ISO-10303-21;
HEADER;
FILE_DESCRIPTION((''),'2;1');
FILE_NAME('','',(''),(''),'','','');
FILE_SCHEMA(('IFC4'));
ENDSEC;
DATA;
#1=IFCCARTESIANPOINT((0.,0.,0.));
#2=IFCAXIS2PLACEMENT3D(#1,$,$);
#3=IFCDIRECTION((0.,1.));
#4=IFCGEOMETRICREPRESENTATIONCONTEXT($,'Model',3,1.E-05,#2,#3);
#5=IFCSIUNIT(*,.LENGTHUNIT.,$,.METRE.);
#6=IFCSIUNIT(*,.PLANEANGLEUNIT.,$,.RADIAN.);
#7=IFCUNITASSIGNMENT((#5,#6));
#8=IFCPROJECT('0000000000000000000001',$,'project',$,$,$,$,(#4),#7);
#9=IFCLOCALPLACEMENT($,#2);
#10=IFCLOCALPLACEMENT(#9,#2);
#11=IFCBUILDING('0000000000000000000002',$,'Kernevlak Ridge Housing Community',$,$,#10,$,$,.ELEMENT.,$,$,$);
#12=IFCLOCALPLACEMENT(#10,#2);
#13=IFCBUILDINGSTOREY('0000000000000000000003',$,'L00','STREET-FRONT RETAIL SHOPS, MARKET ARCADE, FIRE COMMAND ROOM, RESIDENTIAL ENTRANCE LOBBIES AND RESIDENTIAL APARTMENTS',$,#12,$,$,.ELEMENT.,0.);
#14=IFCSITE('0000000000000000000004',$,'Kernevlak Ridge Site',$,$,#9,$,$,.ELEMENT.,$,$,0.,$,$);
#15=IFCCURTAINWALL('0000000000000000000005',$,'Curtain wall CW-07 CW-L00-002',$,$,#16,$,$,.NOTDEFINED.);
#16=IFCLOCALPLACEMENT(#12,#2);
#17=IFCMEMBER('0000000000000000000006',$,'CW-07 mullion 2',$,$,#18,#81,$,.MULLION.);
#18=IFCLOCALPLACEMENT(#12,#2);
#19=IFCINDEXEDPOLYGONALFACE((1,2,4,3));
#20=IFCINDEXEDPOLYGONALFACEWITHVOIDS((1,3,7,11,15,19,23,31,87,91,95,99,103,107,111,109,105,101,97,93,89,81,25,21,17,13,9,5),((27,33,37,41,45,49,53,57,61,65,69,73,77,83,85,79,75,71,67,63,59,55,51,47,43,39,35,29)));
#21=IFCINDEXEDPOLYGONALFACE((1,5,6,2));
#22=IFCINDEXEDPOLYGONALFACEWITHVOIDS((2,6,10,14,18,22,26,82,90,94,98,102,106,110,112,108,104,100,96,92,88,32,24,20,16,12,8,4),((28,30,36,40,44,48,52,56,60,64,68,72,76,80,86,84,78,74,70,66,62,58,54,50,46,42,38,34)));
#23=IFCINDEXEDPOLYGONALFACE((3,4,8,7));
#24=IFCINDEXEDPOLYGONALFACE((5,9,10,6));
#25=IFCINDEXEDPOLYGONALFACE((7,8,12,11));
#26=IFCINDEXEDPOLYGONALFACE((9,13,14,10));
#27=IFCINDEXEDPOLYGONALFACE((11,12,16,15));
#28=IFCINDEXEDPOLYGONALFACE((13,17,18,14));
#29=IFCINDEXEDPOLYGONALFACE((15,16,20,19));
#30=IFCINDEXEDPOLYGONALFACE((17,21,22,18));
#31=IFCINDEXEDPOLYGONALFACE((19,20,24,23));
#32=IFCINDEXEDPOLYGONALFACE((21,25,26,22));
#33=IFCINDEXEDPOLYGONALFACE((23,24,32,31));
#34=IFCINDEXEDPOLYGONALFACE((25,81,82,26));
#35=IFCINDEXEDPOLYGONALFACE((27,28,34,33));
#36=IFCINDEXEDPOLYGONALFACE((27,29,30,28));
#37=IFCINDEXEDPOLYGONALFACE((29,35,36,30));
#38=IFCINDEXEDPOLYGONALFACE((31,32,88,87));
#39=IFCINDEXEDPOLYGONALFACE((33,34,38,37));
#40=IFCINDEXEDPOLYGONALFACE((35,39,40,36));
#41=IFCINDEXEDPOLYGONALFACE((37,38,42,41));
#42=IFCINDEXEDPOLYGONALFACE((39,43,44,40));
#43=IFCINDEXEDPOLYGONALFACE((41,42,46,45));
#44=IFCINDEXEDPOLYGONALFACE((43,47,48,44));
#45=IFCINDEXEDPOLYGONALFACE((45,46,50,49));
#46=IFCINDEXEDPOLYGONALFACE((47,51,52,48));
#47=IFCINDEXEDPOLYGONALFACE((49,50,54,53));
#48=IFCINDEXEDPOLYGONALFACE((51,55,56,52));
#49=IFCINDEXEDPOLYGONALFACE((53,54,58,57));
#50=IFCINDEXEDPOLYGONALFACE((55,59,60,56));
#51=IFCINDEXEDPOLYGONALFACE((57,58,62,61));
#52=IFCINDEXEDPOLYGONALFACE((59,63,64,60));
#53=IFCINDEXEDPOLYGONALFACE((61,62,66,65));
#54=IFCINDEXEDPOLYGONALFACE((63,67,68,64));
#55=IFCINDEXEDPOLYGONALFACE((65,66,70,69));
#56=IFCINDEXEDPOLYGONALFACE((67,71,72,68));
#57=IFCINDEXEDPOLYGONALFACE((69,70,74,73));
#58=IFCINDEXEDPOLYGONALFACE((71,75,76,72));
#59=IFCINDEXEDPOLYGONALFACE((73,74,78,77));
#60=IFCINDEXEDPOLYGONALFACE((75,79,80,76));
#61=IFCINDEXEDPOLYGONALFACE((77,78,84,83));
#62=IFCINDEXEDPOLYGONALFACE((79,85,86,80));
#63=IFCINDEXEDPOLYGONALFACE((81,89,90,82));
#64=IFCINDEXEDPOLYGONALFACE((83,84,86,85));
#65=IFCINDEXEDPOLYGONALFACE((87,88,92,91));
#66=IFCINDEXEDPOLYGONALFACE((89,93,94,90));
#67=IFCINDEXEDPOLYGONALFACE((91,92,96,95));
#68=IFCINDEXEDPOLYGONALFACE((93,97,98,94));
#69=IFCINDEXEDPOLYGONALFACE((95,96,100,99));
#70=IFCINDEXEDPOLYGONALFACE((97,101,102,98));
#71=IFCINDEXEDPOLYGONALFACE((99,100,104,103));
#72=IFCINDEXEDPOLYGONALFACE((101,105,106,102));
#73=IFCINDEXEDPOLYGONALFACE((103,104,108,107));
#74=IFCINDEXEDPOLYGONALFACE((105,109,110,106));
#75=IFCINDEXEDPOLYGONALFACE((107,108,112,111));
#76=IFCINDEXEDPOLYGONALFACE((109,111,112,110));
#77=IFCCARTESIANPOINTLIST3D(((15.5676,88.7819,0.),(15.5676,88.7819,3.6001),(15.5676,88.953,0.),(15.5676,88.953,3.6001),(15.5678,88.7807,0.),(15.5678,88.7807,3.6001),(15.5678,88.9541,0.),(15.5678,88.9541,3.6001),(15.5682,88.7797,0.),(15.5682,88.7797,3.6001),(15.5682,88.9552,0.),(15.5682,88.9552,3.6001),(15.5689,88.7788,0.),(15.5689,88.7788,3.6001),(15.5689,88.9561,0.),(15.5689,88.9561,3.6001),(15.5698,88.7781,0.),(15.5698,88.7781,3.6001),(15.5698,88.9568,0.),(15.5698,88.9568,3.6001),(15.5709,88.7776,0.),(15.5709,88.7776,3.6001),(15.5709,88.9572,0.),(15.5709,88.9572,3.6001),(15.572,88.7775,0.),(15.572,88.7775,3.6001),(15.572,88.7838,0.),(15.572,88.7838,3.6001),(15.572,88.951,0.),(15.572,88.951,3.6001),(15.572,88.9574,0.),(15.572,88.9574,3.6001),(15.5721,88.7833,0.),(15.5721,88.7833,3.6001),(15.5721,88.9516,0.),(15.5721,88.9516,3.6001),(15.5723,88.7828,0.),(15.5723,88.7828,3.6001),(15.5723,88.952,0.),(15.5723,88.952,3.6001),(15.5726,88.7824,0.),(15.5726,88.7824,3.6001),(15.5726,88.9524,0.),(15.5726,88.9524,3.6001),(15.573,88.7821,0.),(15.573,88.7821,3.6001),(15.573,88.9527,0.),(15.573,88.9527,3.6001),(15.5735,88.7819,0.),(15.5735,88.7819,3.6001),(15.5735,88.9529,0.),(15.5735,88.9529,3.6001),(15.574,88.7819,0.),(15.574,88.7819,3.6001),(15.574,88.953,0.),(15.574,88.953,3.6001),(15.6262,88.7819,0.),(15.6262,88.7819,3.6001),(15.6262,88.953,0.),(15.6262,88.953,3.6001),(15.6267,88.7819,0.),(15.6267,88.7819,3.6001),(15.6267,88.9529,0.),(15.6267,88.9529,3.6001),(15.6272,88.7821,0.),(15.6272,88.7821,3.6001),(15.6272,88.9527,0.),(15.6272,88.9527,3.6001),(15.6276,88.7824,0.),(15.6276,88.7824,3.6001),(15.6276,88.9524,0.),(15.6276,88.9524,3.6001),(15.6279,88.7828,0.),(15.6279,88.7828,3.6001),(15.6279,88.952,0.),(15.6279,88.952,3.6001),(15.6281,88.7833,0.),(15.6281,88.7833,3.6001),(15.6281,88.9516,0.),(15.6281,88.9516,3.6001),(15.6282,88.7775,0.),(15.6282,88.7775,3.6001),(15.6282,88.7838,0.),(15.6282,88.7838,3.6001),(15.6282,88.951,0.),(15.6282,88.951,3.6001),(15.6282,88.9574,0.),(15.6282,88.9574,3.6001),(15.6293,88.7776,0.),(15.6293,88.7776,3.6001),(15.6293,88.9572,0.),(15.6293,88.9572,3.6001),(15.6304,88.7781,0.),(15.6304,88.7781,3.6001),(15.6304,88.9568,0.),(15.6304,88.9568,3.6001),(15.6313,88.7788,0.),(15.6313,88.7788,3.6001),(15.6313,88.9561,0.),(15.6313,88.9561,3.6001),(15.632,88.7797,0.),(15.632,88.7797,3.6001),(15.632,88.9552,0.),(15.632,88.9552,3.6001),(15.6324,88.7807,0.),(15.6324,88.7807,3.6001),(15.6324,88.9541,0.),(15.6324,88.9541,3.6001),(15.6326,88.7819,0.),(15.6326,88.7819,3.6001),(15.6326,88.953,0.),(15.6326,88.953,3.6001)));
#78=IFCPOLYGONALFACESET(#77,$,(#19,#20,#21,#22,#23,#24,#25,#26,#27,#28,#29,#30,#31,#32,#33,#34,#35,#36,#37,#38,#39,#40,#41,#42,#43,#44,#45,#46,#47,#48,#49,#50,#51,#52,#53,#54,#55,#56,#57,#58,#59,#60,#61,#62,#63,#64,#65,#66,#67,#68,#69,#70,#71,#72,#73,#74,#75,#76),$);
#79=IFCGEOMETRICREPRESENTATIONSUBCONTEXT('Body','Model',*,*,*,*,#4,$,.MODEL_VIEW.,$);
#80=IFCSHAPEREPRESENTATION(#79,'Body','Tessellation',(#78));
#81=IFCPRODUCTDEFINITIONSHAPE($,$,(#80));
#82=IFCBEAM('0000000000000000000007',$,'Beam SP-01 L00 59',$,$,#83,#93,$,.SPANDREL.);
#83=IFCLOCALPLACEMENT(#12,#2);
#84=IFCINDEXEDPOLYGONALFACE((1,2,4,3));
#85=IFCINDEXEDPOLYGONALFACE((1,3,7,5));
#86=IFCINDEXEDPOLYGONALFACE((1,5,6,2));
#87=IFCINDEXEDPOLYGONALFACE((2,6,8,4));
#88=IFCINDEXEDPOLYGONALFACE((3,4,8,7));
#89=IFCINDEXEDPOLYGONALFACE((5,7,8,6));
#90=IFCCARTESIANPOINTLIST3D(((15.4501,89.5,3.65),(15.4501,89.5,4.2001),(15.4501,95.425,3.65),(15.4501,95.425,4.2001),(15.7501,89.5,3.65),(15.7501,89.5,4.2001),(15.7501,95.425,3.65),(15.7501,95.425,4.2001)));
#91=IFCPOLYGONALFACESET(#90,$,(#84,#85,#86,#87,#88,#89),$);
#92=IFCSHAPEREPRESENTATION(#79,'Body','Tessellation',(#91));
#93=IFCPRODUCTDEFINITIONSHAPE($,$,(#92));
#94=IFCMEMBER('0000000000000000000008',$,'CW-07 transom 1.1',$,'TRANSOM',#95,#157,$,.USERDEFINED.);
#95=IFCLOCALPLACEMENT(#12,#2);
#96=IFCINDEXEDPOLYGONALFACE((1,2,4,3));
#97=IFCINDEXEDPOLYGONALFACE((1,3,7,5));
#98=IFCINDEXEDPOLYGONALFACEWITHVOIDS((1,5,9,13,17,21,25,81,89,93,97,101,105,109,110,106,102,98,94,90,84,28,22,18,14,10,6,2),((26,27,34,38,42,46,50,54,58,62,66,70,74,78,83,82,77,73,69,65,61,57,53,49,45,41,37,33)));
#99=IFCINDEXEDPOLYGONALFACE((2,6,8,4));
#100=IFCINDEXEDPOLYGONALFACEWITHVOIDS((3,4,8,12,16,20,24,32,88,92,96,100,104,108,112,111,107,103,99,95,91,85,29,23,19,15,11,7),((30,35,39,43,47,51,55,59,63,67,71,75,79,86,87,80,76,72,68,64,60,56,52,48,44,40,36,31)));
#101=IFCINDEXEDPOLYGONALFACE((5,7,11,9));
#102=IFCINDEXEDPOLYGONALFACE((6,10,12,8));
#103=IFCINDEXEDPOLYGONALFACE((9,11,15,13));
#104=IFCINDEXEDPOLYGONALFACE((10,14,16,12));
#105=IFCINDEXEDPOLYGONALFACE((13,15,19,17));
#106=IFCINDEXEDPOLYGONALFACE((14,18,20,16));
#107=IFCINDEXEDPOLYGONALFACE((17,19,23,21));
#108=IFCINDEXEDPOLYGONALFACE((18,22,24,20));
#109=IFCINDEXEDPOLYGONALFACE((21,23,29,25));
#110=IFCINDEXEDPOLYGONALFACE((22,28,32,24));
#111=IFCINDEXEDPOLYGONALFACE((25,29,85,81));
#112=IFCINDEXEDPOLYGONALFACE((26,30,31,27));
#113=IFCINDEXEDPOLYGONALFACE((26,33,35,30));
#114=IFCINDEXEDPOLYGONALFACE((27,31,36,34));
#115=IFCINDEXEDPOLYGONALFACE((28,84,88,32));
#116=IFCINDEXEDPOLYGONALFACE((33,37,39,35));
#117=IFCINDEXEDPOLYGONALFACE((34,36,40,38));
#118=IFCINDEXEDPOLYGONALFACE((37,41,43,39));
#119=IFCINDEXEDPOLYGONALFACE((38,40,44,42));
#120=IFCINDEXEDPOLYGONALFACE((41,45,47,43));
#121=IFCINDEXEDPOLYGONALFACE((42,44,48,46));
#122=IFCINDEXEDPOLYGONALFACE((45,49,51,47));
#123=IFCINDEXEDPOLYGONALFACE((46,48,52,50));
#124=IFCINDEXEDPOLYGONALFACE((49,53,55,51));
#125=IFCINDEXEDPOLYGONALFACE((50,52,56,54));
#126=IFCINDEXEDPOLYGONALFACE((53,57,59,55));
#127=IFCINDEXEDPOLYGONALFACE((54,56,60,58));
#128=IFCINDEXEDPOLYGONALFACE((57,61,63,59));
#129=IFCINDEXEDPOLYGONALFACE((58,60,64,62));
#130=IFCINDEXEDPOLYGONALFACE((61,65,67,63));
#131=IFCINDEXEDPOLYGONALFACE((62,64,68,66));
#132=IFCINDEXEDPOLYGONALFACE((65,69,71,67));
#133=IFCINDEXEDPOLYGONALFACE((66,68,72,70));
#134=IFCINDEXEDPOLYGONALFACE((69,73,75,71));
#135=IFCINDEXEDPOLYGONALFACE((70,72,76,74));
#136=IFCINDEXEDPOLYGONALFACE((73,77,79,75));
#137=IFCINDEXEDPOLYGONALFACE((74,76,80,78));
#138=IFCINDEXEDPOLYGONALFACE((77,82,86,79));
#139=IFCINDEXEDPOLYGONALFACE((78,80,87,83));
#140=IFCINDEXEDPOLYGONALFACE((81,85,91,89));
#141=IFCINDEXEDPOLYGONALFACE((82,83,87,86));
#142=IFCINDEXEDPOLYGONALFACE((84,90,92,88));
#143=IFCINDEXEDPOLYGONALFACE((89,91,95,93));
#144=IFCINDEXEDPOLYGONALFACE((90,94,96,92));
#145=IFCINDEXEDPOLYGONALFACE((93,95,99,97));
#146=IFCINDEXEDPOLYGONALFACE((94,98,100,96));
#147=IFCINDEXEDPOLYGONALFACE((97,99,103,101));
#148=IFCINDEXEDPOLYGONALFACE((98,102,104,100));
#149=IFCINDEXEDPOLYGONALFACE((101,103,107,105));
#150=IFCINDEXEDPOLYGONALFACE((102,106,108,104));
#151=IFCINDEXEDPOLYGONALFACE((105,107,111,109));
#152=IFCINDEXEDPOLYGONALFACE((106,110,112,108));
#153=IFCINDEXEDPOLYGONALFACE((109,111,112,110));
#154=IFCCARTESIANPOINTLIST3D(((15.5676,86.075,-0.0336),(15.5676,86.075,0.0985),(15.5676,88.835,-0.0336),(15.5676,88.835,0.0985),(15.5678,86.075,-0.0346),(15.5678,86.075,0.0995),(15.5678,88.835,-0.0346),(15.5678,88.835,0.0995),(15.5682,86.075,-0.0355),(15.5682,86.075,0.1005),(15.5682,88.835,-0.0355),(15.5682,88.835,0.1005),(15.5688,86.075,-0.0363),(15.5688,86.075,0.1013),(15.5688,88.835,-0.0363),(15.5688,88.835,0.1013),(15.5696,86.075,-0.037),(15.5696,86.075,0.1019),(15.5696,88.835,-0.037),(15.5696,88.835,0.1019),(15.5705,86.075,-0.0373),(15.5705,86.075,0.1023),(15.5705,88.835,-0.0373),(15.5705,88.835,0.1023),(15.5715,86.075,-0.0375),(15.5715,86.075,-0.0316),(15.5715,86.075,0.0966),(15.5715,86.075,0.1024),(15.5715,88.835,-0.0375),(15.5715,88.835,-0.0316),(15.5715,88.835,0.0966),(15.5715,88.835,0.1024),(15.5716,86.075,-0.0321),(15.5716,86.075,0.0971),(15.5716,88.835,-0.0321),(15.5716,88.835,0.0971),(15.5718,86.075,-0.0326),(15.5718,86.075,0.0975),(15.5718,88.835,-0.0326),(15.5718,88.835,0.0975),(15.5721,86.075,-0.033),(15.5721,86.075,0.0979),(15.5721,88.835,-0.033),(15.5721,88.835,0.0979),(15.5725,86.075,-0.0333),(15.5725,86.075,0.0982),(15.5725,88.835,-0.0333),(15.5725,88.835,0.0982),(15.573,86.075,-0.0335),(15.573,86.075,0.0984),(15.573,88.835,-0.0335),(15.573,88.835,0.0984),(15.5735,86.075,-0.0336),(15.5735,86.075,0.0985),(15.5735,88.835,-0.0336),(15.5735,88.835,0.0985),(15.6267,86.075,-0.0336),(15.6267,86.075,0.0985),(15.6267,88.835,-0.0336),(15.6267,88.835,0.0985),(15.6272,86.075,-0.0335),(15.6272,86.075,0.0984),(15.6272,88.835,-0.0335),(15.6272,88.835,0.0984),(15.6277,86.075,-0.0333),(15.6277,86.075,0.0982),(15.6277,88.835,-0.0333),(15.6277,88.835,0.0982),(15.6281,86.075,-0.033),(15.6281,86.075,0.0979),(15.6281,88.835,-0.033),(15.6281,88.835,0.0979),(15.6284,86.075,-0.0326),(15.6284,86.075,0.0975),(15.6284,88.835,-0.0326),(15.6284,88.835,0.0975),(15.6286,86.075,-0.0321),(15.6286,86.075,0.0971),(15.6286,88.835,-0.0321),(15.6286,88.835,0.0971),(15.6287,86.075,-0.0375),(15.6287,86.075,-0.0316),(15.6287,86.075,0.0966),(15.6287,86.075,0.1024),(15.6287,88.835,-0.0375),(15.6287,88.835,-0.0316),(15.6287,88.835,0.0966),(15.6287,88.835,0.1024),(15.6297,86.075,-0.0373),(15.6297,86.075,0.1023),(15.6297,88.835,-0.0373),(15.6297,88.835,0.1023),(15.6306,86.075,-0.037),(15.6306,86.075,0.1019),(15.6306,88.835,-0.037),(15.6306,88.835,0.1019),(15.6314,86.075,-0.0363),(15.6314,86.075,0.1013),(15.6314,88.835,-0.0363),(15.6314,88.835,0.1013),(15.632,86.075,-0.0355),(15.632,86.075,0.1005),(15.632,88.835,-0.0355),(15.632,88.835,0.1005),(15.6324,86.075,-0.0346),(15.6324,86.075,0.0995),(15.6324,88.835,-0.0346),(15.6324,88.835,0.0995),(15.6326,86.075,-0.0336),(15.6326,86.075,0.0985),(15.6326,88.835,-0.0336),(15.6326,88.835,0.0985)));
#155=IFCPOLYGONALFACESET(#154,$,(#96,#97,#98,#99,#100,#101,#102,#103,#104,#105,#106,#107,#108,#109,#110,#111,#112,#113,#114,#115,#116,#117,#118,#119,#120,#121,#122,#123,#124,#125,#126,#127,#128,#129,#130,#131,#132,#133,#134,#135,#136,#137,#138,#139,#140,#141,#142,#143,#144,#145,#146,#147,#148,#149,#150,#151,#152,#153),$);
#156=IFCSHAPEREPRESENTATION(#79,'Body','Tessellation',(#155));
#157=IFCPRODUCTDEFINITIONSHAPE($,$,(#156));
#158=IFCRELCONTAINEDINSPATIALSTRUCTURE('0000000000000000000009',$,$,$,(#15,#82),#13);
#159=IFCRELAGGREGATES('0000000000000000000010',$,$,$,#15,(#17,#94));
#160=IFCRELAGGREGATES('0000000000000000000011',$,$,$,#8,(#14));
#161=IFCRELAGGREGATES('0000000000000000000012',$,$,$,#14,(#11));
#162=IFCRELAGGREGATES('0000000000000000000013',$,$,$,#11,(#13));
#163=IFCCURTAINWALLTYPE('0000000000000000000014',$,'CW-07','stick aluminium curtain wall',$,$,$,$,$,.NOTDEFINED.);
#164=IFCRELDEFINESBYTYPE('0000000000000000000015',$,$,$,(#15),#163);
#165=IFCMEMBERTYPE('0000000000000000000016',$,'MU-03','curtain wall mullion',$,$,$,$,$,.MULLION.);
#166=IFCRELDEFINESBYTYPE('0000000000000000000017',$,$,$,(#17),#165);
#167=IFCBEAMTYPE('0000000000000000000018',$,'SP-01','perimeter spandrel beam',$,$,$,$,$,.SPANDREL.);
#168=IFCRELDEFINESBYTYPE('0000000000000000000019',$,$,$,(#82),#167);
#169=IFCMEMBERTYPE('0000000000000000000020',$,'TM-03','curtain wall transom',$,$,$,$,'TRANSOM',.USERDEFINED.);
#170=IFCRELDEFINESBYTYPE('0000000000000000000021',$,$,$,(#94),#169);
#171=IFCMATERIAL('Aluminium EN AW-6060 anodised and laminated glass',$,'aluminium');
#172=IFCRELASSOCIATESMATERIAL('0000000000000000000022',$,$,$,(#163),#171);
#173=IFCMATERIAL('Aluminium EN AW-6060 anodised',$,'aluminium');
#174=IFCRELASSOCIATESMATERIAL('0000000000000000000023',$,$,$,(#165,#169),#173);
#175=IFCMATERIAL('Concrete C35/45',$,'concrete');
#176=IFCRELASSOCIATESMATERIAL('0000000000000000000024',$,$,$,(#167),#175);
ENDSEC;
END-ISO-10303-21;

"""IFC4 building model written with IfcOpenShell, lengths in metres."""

from ifc_helpers import new_model, si_unit, direction, frame, origin, origin_2d, place, context, subcontext, project, spatial, rectangle, hollow_rectangle, extrude, material, material_profile, profile_set, type_object, element, aggregate, save


model = new_model("IFC4")

# Units and contexts
model_context = context("Model", 3, precision=1e-05, world=origin(), true_north=direction((0.0, 1.0)))
body_context = subcontext(model_context, "Body", "Model", "MODEL_VIEW")
ifc_project = project(units=[si_unit("LENGTHUNIT", "METRE"), si_unit("PLANEANGLEUNIT", "RADIAN")], contexts=[model_context])

# Site, building, storey
site_placement = place(None, origin())
site = spatial("IfcSite", under=ifc_project, at=site_placement, Name="Kernevlak Ridge Site", CompositionType="ELEMENT", RefElevation=0.0)
building_placement = place(site_placement, origin())
building = spatial("IfcBuilding", under=site, at=building_placement, Name="Kernevlak Ridge Housing Community", CompositionType="ELEMENT")
storey_placement = place(building_placement, origin())
storey = spatial("IfcBuildingStorey", under=building, at=storey_placement, Name="L00", Description="STREET-FRONT RETAIL SHOPS, MARKET ARCADE, FIRE COMMAND ROOM, RESIDENTIAL ENTRANCE LOBBIES AND RESIDENTIAL APARTMENTS", CompositionType="ELEMENT", Elevation=0.0)

# Shared definitions
ifc_material_1 = material(Name="Concrete C35/45", Category="concrete")

# Curtain wall, member
ifc_material_2 = material(Name="Aluminium EN AW-6060 anodised and laminated glass", Category="aluminium")
curtain_wall_type = type_object("IfcCurtainWallType", Name="CW-07", Description="stick aluminium curtain wall", PredefinedType="NOTDEFINED", material=ifc_material_2)
curtain_wall_placement = place(storey_placement, origin())
curtain_wall = element("IfcCurtainWall", 1, at=curtain_wall_placement, inside=storey, type_object=curtain_wall_type, Name="Curtain wall CW-07 CW-L00-002", PredefinedType="NOTDEFINED")
ifc_material_3 = material(Name="Aluminium EN AW-6060 anodised", Category="aluminium")
ifc_material_profile_1 = material_profile(ifc_material_3, hollow_rectangle(XDim=0.0649, YDim=0.1799, WallThickness=0.0044, InnerFilletRadius=0.002, OuterFilletRadius=0.0044, at=origin_2d()), Name="ALU 65x180x4.5")
ifc_profile_set_1 = profile_set([ifc_material_profile_1], Name="Aluminium EN AW-6060 anodised")
member_type_1 = type_object("IfcMemberType", Name="MU-03", Description="curtain wall mullion", PredefinedType="MULLION", material=ifc_profile_set_1)
member_1_placement = place(storey_placement, frame((15.6001, 88.8674, 0.0), z_axis=(0.0, 0.0, 1.0), x_axis=(-1.0, 0.0, 0.0)))
member_1 = element("IfcMember", 2, at=member_1_placement, type_object=member_type_1, Name="CW-07 mullion 2", PredefinedType="MULLION", context=body_context, shape_type="SweptSolid", body=[
    extrude(hollow_rectangle(XDim=0.0649, YDim=0.1799, WallThickness=0.0044, InnerFilletRadius=0.002, OuterFilletRadius=0.0044, at=origin_2d()), origin(), (0.0, 0.0, 1.0), 3.6001),
])

# Beam
ifc_material_profile_2 = material_profile(ifc_material_1, rectangle(XDim=0.3, YDim=0.55, at=origin_2d()), Name="RC 300x550")
ifc_profile_set_2 = profile_set([ifc_material_profile_2], Name="Concrete C35/45")
beam_type_1 = type_object("IfcBeamType", Name="SP-01", Description="perimeter spandrel beam", PredefinedType="SPANDREL", material=ifc_profile_set_2)
beam_1_placement = place(storey_placement, frame((15.6001, 89.5, 3.925), z_axis=(0.0, 1.0, 0.0), x_axis=(-1.0, 0.0, 0.0)))
element("IfcBeam", 3, at=beam_1_placement, inside=storey, type_object=beam_type_1, Name="Beam SP-01 L00 59", PredefinedType="SPANDREL", context=body_context, shape_type="SweptSolid", body=[
    extrude(rectangle(XDim=0.3, YDim=0.55, at=origin_2d()), origin(), (0.0, 0.0, 1.0), 5.925),
])

# Member
ifc_material_profile_3 = material_profile(ifc_material_3, hollow_rectangle(XDim=0.0649, YDim=0.1399, WallThickness=0.0039, InnerFilletRadius=0.002, OuterFilletRadius=0.0039, at=origin_2d()), Name="ALU 65x140x4")
ifc_profile_set_3 = profile_set([ifc_material_profile_3], Name="Aluminium EN AW-6060 anodised")
member_type_2 = type_object("IfcMemberType", Name="TM-03", Description="curtain wall transom", ElementType="TRANSOM", PredefinedType="USERDEFINED", material=ifc_profile_set_3)
member_2_placement = place(storey_placement, frame((15.6001, 86.075, 0.0325), z_axis=(0.0, 1.0, 0.0), x_axis=(-1.0, 0.0, 0.0)))
member_2 = element("IfcMember", 4, at=member_2_placement, type_object=member_type_2, Name="CW-07 transom 1.1", ObjectType="TRANSOM", PredefinedType="USERDEFINED", context=body_context, shape_type="SweptSolid", body=[
    extrude(hollow_rectangle(XDim=0.0649, YDim=0.1399, WallThickness=0.0039, InnerFilletRadius=0.002, OuterFilletRadius=0.0039, at=origin_2d()), origin(), (0.0, 0.0, 1.0), 2.76),
])

aggregate(curtain_wall, [member_1, member_2])

save(model, "model.ifc")
